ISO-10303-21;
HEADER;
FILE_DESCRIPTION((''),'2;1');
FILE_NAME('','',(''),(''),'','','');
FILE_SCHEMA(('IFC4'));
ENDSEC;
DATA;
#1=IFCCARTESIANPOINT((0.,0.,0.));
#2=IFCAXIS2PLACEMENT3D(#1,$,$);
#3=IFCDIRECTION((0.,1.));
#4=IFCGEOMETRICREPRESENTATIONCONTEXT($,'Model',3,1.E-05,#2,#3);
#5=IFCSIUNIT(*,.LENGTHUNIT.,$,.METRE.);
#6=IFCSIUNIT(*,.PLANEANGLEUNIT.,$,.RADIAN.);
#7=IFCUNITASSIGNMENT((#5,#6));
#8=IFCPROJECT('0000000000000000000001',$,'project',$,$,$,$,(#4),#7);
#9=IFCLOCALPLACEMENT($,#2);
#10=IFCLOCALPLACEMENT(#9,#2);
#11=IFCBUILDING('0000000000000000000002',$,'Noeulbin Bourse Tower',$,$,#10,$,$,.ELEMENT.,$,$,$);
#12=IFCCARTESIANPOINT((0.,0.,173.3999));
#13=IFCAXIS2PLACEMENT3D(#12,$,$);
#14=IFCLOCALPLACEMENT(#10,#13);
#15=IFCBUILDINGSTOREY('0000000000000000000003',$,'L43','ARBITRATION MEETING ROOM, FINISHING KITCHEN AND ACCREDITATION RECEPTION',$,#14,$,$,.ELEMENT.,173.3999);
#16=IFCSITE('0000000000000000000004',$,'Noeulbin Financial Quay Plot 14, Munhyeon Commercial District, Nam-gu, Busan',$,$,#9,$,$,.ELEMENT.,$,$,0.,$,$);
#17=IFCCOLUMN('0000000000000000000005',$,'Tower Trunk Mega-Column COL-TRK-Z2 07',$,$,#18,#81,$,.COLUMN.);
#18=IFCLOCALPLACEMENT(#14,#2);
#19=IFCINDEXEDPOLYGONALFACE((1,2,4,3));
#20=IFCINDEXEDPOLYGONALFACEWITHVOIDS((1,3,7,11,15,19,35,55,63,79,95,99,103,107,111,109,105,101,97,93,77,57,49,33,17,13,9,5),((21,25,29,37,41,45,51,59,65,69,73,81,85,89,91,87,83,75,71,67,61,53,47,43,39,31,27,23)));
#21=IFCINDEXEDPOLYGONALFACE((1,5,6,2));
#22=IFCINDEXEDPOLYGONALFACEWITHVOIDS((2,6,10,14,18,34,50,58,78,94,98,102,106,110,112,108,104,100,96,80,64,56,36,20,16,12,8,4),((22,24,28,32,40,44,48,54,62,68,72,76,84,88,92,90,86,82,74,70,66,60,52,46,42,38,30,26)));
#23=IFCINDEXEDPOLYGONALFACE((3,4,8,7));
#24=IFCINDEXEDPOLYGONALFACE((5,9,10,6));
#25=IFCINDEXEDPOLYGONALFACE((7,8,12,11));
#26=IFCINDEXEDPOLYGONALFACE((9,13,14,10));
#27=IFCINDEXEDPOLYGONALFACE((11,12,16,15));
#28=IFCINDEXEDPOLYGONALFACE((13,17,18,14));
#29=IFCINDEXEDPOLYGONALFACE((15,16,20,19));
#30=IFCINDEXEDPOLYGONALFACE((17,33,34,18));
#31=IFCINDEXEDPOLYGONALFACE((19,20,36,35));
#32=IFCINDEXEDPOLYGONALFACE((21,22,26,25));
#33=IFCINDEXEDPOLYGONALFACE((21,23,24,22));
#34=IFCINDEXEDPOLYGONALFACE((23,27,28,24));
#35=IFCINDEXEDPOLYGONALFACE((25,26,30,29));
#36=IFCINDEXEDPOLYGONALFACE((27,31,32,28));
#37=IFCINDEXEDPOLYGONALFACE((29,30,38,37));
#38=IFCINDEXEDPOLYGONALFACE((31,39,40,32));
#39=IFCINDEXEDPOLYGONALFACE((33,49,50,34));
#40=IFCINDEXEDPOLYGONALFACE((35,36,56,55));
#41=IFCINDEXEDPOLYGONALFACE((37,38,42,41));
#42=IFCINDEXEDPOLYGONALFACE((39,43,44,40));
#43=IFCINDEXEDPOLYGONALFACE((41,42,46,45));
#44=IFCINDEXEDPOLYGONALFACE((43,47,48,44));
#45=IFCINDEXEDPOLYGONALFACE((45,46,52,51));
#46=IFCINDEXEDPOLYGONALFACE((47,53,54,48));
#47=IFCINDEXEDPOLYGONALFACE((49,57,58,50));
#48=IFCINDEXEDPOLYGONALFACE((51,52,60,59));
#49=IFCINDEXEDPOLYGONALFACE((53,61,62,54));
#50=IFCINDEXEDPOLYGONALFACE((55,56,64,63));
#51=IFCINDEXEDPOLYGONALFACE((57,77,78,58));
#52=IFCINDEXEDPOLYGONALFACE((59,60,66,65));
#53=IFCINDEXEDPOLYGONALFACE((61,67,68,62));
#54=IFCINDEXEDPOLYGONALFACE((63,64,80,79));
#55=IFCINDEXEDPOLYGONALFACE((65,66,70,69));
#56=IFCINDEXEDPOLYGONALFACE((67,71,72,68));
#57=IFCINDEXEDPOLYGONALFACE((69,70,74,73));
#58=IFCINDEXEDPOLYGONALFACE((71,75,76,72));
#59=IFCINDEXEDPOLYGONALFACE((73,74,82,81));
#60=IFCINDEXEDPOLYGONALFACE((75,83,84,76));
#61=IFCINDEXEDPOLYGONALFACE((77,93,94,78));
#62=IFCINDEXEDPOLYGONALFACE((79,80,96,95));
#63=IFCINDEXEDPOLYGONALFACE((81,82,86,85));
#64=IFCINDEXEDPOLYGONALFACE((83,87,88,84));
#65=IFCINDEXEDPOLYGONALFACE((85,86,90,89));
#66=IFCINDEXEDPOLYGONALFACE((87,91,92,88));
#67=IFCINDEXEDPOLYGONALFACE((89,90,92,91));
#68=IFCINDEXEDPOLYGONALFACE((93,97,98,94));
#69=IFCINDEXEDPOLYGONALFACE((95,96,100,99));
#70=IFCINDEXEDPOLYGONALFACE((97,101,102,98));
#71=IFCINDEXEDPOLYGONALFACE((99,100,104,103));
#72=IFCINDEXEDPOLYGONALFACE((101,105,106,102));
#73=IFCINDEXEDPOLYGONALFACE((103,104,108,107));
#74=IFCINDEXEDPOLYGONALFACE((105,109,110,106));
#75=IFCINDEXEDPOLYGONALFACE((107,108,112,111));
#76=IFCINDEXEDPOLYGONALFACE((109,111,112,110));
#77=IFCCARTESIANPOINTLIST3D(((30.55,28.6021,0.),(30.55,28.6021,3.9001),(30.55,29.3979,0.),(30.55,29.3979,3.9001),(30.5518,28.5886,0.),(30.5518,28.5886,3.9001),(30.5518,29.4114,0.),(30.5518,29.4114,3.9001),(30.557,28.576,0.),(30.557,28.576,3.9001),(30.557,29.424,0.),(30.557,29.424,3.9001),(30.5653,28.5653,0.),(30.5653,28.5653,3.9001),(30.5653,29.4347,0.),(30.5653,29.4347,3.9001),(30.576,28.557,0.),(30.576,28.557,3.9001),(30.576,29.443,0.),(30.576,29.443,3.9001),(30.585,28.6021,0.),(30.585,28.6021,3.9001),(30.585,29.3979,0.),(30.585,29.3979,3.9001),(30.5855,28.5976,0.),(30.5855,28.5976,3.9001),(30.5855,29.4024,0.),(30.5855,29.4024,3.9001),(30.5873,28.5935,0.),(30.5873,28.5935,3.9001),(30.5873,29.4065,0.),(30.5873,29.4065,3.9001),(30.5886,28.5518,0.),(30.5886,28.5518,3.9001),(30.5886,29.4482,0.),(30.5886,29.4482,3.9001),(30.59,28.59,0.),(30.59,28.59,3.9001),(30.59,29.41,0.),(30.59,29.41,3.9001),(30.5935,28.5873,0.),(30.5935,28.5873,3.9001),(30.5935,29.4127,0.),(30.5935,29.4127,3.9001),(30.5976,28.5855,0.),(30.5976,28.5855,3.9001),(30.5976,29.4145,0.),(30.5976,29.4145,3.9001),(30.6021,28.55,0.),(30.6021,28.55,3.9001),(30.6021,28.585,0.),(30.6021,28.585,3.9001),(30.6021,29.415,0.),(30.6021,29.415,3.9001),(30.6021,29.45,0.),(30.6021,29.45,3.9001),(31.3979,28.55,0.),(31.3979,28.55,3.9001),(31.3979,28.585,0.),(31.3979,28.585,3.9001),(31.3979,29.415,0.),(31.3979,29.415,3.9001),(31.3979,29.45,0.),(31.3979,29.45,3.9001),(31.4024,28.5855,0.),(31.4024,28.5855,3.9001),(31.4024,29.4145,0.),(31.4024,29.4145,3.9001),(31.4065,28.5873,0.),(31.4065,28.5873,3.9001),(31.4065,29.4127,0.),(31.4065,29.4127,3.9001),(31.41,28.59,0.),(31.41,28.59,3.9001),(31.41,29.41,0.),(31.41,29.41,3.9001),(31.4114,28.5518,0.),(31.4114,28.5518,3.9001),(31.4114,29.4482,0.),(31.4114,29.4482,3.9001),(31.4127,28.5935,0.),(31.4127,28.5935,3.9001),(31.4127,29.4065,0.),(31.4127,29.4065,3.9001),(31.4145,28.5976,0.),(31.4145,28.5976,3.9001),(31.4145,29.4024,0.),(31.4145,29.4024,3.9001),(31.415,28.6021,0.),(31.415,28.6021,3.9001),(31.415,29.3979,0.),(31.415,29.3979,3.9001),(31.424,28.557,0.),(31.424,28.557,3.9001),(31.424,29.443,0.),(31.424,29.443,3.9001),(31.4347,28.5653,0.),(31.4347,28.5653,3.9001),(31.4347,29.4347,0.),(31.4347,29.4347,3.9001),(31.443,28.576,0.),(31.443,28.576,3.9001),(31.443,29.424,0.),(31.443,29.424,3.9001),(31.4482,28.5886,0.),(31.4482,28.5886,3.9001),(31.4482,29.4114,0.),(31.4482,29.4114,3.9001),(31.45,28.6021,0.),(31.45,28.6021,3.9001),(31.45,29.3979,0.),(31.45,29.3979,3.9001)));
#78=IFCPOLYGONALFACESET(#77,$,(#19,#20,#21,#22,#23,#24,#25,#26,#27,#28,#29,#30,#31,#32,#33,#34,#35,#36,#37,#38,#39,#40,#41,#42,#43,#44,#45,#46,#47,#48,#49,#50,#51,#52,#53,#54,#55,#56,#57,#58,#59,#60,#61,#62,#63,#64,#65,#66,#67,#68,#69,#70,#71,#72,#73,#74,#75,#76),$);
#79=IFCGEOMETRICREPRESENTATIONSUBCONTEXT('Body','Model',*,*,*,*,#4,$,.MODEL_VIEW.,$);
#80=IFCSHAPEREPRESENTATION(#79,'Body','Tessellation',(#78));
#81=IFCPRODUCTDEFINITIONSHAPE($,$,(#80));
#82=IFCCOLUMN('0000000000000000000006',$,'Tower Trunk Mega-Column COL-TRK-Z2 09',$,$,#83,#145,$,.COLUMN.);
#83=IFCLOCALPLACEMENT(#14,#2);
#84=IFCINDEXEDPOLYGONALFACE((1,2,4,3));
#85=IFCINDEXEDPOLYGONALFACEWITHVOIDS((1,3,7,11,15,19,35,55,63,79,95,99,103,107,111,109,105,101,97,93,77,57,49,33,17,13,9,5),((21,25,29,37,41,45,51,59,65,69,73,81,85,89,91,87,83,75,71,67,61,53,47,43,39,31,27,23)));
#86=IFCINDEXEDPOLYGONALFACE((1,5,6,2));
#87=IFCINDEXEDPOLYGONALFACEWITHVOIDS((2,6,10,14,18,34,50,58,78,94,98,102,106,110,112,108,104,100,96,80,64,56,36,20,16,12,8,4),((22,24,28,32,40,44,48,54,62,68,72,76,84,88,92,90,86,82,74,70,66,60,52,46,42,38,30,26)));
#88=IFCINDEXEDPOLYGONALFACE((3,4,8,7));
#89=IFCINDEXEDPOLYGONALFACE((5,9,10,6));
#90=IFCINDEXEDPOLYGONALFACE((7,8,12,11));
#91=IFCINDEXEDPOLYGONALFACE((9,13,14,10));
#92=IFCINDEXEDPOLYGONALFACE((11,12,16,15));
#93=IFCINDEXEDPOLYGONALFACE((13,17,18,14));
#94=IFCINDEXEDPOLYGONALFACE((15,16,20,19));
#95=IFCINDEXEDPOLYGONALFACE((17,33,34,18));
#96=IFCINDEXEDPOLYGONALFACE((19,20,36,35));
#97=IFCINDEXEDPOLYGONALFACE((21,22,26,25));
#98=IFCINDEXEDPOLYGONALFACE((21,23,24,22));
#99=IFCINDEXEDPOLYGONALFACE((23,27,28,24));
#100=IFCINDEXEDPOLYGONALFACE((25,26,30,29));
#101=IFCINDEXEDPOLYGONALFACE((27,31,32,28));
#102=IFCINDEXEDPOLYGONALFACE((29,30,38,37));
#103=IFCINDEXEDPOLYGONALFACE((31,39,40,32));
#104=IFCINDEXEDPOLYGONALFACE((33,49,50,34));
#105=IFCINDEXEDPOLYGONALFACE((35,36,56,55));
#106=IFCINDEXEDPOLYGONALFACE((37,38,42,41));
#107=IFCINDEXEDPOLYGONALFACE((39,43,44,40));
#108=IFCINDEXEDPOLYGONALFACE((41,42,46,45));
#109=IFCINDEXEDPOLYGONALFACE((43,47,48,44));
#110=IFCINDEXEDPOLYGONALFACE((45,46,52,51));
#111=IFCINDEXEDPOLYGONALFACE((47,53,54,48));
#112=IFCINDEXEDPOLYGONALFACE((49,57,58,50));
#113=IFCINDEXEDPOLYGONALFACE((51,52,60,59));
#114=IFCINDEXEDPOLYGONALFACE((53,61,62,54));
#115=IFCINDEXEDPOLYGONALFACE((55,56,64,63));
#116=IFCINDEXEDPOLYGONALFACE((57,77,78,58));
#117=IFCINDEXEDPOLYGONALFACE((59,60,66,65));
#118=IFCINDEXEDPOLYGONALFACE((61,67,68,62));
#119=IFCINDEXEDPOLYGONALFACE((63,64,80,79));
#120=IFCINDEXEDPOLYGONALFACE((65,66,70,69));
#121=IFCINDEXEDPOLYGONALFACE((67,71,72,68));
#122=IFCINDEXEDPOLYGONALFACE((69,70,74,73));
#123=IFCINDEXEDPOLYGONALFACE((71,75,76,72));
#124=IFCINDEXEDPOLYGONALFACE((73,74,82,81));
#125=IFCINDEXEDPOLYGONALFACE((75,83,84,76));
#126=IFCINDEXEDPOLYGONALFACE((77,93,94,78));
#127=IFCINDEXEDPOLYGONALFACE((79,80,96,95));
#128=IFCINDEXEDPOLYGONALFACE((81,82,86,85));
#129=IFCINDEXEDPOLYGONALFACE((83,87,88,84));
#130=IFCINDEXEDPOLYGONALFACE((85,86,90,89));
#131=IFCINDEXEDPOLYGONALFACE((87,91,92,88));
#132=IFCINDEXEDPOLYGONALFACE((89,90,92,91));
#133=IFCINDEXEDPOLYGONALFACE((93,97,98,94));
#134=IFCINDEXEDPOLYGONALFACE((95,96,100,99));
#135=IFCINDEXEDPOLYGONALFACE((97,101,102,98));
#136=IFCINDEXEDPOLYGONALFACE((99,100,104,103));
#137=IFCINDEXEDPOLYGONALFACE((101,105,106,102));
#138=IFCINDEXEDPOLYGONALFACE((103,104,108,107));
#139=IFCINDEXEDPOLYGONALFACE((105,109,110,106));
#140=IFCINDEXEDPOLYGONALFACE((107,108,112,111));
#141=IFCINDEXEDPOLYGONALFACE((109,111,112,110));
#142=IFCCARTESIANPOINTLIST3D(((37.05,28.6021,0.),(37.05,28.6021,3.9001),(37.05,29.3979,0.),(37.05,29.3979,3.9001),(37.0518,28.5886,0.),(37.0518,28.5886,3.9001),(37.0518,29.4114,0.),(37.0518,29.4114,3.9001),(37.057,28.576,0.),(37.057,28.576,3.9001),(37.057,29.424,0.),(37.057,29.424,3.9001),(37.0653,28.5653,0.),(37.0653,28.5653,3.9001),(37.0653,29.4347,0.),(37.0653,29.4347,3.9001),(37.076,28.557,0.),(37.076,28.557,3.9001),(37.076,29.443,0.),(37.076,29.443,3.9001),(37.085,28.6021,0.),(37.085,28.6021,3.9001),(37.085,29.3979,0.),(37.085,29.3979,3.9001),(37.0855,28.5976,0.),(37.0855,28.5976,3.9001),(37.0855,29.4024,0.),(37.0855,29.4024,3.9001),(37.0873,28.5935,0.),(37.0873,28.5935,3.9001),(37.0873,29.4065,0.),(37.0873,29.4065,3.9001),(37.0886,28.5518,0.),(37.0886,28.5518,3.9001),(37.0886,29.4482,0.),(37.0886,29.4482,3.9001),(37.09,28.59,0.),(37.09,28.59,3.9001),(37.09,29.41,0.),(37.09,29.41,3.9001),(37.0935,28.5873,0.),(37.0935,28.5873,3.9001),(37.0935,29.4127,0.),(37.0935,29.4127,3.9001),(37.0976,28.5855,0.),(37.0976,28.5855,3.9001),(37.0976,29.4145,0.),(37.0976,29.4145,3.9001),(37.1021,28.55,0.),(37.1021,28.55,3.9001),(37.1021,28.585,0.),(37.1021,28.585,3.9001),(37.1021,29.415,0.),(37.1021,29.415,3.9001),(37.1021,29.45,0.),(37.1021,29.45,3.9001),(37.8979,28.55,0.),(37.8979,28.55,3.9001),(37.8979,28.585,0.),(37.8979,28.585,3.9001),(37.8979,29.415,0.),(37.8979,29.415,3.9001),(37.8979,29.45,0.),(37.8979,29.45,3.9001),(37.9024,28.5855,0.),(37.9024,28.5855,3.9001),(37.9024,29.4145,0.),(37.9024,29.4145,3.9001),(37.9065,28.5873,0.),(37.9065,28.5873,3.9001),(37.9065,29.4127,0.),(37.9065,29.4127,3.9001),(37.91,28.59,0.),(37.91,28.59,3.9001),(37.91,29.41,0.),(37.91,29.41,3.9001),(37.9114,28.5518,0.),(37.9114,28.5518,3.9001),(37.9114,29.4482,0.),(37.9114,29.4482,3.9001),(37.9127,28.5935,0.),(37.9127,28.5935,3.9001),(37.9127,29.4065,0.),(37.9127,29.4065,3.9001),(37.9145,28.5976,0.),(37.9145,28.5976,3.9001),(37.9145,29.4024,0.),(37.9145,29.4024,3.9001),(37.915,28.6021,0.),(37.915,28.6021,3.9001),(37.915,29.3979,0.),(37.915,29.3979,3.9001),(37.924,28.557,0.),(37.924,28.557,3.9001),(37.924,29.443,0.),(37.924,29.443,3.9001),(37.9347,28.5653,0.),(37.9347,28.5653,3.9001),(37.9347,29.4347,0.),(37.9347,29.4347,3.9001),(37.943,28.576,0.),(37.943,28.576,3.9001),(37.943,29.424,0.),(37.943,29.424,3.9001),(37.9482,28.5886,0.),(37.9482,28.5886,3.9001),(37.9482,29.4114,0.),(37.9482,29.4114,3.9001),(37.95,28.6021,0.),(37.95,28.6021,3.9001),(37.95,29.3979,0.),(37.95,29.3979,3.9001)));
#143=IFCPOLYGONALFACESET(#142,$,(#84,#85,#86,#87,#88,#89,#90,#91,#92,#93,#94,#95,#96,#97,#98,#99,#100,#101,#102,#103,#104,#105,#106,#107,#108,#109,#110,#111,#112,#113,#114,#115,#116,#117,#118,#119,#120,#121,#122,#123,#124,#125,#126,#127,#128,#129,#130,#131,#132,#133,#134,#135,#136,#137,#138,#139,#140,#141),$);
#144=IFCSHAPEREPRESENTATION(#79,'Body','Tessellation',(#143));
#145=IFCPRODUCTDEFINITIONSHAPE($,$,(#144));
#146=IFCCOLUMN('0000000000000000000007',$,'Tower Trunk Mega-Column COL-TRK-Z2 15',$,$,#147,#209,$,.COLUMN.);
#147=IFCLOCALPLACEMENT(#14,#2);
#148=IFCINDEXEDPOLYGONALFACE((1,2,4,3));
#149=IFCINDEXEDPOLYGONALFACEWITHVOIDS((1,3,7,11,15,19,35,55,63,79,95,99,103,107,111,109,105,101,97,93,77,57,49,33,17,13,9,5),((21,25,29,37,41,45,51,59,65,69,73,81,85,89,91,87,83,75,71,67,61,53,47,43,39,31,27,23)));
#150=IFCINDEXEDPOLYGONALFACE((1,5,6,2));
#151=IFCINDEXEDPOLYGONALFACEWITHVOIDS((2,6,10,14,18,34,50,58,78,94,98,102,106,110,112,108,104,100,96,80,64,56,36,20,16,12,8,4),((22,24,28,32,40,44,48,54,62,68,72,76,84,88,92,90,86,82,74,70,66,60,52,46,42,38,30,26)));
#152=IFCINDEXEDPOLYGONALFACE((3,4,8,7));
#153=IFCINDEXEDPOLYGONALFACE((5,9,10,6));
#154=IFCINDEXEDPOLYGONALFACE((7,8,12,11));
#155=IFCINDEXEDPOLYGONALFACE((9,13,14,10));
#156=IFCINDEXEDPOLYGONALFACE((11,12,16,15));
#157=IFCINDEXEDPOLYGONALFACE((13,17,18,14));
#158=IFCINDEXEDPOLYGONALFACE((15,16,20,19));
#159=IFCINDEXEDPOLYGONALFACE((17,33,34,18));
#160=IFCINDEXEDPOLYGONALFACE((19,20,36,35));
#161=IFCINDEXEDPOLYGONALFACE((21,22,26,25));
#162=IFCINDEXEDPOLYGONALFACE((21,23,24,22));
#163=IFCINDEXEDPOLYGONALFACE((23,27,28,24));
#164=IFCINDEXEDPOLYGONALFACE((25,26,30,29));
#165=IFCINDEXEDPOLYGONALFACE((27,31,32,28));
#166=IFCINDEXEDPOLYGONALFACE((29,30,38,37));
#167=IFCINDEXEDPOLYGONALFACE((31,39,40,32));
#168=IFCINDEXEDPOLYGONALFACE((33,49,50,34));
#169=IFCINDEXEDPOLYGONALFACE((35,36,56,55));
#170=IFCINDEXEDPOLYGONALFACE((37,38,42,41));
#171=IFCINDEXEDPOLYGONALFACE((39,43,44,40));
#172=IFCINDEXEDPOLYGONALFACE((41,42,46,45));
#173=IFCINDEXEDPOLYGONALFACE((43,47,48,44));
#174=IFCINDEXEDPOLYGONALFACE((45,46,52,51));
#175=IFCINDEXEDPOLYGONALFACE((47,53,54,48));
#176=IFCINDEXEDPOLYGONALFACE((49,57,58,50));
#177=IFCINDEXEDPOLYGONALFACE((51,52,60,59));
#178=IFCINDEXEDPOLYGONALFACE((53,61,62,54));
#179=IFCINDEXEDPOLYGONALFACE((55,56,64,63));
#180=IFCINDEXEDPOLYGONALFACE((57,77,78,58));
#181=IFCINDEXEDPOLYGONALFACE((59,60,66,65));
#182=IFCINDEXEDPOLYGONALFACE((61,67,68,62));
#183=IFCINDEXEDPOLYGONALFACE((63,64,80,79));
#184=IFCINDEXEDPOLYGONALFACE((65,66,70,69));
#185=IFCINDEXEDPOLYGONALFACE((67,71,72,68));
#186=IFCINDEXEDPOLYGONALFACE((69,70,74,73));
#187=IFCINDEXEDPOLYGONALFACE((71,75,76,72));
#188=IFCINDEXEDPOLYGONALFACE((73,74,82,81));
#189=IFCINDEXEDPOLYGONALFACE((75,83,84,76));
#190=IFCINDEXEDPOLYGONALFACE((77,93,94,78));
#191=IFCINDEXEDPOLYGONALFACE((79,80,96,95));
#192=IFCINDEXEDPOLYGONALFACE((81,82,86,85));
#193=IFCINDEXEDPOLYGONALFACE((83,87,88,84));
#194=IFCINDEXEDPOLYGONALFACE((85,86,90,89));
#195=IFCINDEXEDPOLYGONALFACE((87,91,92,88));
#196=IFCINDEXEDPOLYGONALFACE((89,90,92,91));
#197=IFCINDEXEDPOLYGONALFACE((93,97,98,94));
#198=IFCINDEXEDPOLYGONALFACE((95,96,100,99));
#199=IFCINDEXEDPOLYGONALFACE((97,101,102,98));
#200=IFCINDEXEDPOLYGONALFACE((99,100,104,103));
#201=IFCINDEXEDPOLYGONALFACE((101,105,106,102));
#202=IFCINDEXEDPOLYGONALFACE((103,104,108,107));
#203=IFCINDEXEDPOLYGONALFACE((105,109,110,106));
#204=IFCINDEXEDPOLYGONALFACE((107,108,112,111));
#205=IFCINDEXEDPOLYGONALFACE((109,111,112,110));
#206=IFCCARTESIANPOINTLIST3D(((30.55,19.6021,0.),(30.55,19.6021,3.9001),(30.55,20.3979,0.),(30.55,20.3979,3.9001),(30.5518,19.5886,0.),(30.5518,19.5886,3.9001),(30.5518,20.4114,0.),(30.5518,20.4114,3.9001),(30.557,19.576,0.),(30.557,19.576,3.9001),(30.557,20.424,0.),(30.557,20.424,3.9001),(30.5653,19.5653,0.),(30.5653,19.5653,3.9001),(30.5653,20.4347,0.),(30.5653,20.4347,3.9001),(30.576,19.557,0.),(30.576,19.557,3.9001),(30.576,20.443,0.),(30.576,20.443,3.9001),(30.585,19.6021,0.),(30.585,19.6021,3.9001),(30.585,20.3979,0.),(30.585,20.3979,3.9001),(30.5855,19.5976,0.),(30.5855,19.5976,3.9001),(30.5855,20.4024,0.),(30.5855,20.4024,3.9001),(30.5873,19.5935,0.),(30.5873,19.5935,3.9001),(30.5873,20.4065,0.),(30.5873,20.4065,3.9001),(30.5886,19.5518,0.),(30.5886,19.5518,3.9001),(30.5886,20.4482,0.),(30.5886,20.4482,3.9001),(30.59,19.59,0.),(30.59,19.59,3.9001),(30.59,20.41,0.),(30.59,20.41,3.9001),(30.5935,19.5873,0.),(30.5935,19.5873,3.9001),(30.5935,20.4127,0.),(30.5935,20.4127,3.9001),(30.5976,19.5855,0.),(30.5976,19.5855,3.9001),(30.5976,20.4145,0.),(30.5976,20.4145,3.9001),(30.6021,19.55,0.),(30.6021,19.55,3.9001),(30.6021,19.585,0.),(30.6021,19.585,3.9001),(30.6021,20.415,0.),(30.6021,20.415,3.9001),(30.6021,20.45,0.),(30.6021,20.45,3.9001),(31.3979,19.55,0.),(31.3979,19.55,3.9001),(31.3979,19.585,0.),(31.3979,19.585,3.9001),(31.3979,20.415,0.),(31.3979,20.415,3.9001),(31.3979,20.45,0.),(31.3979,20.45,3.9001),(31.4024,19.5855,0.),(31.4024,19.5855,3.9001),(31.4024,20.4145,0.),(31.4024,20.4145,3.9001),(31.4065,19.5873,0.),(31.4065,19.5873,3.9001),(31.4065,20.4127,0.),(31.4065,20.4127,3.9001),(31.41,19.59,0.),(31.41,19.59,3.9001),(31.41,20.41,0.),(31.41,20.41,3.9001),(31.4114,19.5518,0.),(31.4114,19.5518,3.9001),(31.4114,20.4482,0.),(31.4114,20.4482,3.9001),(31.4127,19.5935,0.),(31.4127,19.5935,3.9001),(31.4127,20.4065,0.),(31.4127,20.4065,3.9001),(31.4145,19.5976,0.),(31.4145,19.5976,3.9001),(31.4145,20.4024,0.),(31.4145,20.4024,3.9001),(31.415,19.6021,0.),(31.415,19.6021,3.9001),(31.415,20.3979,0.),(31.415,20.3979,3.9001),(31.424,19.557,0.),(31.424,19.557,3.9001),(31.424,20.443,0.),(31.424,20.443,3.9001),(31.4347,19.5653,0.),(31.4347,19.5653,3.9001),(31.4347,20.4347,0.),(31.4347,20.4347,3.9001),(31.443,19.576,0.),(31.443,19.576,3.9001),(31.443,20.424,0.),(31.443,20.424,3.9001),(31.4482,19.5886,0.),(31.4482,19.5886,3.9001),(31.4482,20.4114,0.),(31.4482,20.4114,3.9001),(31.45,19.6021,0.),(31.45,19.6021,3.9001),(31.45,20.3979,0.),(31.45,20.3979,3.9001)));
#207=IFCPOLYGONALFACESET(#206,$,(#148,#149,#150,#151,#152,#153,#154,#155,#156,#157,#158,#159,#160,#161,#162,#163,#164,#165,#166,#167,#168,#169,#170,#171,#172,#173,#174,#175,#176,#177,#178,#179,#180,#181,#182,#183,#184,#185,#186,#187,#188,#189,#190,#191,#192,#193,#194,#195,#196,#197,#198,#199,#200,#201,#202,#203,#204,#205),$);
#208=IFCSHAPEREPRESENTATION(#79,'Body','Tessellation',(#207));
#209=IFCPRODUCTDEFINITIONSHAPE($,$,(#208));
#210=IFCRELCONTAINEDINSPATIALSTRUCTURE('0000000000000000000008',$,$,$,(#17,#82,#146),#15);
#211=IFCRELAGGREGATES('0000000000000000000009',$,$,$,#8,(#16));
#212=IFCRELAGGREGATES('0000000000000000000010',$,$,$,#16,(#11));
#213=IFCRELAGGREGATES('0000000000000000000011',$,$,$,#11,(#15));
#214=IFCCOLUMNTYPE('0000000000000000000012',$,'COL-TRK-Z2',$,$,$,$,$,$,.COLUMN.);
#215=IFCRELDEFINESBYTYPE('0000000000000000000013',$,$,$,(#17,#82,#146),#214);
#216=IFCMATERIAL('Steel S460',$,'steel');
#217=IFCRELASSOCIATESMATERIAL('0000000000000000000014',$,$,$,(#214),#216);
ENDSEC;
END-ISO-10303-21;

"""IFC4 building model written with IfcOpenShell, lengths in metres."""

from ifc_helpers import new_model, si_unit, direction, frame, origin, origin_2d, place, context, subcontext, project, spatial, hollow_rectangle, extrude, material, material_profile, profile_set, type_object, element, save


model = new_model("IFC4")

# Units and contexts
model_context = context("Model", 3, precision=1e-05, world=origin(), true_north=direction((0.0, 1.0)))
body_context = subcontext(model_context, "Body", "Model", "MODEL_VIEW")
ifc_project = project(units=[si_unit("LENGTHUNIT", "METRE"), si_unit("PLANEANGLEUNIT", "RADIAN")], contexts=[model_context])

# Site, building, storey
site_placement = place(None, origin())
site = spatial("IfcSite", under=ifc_project, at=site_placement, Name="Noeulbin Financial Quay Plot 14, Munhyeon Commercial District, Nam-gu, Busan", CompositionType="ELEMENT", RefElevation=0.0)
building_placement = place(site_placement, origin())
building = spatial("IfcBuilding", under=site, at=building_placement, Name="Noeulbin Bourse Tower", CompositionType="ELEMENT")
storey_placement = place(building_placement, frame((0.0, 0.0, 173.3999)))
storey = spatial("IfcBuildingStorey", under=building, at=storey_placement, Name="L43", Description="ARBITRATION MEETING ROOM, FINISHING KITCHEN AND ACCREDITATION RECEPTION", CompositionType="ELEMENT", Elevation=173.3999)

# Columns
ifc_material_1 = material(Name="Steel S460", Category="steel")
ifc_material_profile_1 = material_profile(ifc_material_1, hollow_rectangle(XDim=0.8999, YDim=0.8999, WallThickness=0.0349, InnerFilletRadius=0.0171, OuterFilletRadius=0.052, at=origin_2d()), Name="BOX-900x900x35", Category="LoadBearing")
ifc_profile_set_1 = profile_set([ifc_material_profile_1], Name="Steel S460")
column_type = type_object("IfcColumnType", Name="COL-TRK-Z2", PredefinedType="COLUMN", material=ifc_profile_set_1)
for number, where, z_axis, x_axis, name in (
    (1, (31.0, 29.0, 0.0), (0.0, 0.0, 1.0), (1.0, 0.0, 0.0), "Tower Trunk Mega-Column COL-TRK-Z2 07"),
    (2, (37.5, 29.0, 0.0), (0.0, 0.0, 1.0), (1.0, 0.0, 0.0), "Tower Trunk Mega-Column COL-TRK-Z2 09"),
    (3, (31.0, 20.0, 0.0), (0.0, 0.0, 1.0), (1.0, 0.0, 0.0), "Tower Trunk Mega-Column COL-TRK-Z2 15"),
):
    element("IfcColumn", number, at=place(storey_placement, frame(where, z_axis=z_axis, x_axis=x_axis)), inside=storey, type_object=column_type, Name=name, PredefinedType="COLUMN", context=body_context, shape_type="SweptSolid", body=[
        extrude(hollow_rectangle(XDim=0.8999, YDim=0.8999, WallThickness=0.0349, InnerFilletRadius=0.0171, OuterFilletRadius=0.052, at=origin_2d()), origin(), (0.0, 0.0, 1.0), 3.9001),
    ])

save(model, "model.ifc")
